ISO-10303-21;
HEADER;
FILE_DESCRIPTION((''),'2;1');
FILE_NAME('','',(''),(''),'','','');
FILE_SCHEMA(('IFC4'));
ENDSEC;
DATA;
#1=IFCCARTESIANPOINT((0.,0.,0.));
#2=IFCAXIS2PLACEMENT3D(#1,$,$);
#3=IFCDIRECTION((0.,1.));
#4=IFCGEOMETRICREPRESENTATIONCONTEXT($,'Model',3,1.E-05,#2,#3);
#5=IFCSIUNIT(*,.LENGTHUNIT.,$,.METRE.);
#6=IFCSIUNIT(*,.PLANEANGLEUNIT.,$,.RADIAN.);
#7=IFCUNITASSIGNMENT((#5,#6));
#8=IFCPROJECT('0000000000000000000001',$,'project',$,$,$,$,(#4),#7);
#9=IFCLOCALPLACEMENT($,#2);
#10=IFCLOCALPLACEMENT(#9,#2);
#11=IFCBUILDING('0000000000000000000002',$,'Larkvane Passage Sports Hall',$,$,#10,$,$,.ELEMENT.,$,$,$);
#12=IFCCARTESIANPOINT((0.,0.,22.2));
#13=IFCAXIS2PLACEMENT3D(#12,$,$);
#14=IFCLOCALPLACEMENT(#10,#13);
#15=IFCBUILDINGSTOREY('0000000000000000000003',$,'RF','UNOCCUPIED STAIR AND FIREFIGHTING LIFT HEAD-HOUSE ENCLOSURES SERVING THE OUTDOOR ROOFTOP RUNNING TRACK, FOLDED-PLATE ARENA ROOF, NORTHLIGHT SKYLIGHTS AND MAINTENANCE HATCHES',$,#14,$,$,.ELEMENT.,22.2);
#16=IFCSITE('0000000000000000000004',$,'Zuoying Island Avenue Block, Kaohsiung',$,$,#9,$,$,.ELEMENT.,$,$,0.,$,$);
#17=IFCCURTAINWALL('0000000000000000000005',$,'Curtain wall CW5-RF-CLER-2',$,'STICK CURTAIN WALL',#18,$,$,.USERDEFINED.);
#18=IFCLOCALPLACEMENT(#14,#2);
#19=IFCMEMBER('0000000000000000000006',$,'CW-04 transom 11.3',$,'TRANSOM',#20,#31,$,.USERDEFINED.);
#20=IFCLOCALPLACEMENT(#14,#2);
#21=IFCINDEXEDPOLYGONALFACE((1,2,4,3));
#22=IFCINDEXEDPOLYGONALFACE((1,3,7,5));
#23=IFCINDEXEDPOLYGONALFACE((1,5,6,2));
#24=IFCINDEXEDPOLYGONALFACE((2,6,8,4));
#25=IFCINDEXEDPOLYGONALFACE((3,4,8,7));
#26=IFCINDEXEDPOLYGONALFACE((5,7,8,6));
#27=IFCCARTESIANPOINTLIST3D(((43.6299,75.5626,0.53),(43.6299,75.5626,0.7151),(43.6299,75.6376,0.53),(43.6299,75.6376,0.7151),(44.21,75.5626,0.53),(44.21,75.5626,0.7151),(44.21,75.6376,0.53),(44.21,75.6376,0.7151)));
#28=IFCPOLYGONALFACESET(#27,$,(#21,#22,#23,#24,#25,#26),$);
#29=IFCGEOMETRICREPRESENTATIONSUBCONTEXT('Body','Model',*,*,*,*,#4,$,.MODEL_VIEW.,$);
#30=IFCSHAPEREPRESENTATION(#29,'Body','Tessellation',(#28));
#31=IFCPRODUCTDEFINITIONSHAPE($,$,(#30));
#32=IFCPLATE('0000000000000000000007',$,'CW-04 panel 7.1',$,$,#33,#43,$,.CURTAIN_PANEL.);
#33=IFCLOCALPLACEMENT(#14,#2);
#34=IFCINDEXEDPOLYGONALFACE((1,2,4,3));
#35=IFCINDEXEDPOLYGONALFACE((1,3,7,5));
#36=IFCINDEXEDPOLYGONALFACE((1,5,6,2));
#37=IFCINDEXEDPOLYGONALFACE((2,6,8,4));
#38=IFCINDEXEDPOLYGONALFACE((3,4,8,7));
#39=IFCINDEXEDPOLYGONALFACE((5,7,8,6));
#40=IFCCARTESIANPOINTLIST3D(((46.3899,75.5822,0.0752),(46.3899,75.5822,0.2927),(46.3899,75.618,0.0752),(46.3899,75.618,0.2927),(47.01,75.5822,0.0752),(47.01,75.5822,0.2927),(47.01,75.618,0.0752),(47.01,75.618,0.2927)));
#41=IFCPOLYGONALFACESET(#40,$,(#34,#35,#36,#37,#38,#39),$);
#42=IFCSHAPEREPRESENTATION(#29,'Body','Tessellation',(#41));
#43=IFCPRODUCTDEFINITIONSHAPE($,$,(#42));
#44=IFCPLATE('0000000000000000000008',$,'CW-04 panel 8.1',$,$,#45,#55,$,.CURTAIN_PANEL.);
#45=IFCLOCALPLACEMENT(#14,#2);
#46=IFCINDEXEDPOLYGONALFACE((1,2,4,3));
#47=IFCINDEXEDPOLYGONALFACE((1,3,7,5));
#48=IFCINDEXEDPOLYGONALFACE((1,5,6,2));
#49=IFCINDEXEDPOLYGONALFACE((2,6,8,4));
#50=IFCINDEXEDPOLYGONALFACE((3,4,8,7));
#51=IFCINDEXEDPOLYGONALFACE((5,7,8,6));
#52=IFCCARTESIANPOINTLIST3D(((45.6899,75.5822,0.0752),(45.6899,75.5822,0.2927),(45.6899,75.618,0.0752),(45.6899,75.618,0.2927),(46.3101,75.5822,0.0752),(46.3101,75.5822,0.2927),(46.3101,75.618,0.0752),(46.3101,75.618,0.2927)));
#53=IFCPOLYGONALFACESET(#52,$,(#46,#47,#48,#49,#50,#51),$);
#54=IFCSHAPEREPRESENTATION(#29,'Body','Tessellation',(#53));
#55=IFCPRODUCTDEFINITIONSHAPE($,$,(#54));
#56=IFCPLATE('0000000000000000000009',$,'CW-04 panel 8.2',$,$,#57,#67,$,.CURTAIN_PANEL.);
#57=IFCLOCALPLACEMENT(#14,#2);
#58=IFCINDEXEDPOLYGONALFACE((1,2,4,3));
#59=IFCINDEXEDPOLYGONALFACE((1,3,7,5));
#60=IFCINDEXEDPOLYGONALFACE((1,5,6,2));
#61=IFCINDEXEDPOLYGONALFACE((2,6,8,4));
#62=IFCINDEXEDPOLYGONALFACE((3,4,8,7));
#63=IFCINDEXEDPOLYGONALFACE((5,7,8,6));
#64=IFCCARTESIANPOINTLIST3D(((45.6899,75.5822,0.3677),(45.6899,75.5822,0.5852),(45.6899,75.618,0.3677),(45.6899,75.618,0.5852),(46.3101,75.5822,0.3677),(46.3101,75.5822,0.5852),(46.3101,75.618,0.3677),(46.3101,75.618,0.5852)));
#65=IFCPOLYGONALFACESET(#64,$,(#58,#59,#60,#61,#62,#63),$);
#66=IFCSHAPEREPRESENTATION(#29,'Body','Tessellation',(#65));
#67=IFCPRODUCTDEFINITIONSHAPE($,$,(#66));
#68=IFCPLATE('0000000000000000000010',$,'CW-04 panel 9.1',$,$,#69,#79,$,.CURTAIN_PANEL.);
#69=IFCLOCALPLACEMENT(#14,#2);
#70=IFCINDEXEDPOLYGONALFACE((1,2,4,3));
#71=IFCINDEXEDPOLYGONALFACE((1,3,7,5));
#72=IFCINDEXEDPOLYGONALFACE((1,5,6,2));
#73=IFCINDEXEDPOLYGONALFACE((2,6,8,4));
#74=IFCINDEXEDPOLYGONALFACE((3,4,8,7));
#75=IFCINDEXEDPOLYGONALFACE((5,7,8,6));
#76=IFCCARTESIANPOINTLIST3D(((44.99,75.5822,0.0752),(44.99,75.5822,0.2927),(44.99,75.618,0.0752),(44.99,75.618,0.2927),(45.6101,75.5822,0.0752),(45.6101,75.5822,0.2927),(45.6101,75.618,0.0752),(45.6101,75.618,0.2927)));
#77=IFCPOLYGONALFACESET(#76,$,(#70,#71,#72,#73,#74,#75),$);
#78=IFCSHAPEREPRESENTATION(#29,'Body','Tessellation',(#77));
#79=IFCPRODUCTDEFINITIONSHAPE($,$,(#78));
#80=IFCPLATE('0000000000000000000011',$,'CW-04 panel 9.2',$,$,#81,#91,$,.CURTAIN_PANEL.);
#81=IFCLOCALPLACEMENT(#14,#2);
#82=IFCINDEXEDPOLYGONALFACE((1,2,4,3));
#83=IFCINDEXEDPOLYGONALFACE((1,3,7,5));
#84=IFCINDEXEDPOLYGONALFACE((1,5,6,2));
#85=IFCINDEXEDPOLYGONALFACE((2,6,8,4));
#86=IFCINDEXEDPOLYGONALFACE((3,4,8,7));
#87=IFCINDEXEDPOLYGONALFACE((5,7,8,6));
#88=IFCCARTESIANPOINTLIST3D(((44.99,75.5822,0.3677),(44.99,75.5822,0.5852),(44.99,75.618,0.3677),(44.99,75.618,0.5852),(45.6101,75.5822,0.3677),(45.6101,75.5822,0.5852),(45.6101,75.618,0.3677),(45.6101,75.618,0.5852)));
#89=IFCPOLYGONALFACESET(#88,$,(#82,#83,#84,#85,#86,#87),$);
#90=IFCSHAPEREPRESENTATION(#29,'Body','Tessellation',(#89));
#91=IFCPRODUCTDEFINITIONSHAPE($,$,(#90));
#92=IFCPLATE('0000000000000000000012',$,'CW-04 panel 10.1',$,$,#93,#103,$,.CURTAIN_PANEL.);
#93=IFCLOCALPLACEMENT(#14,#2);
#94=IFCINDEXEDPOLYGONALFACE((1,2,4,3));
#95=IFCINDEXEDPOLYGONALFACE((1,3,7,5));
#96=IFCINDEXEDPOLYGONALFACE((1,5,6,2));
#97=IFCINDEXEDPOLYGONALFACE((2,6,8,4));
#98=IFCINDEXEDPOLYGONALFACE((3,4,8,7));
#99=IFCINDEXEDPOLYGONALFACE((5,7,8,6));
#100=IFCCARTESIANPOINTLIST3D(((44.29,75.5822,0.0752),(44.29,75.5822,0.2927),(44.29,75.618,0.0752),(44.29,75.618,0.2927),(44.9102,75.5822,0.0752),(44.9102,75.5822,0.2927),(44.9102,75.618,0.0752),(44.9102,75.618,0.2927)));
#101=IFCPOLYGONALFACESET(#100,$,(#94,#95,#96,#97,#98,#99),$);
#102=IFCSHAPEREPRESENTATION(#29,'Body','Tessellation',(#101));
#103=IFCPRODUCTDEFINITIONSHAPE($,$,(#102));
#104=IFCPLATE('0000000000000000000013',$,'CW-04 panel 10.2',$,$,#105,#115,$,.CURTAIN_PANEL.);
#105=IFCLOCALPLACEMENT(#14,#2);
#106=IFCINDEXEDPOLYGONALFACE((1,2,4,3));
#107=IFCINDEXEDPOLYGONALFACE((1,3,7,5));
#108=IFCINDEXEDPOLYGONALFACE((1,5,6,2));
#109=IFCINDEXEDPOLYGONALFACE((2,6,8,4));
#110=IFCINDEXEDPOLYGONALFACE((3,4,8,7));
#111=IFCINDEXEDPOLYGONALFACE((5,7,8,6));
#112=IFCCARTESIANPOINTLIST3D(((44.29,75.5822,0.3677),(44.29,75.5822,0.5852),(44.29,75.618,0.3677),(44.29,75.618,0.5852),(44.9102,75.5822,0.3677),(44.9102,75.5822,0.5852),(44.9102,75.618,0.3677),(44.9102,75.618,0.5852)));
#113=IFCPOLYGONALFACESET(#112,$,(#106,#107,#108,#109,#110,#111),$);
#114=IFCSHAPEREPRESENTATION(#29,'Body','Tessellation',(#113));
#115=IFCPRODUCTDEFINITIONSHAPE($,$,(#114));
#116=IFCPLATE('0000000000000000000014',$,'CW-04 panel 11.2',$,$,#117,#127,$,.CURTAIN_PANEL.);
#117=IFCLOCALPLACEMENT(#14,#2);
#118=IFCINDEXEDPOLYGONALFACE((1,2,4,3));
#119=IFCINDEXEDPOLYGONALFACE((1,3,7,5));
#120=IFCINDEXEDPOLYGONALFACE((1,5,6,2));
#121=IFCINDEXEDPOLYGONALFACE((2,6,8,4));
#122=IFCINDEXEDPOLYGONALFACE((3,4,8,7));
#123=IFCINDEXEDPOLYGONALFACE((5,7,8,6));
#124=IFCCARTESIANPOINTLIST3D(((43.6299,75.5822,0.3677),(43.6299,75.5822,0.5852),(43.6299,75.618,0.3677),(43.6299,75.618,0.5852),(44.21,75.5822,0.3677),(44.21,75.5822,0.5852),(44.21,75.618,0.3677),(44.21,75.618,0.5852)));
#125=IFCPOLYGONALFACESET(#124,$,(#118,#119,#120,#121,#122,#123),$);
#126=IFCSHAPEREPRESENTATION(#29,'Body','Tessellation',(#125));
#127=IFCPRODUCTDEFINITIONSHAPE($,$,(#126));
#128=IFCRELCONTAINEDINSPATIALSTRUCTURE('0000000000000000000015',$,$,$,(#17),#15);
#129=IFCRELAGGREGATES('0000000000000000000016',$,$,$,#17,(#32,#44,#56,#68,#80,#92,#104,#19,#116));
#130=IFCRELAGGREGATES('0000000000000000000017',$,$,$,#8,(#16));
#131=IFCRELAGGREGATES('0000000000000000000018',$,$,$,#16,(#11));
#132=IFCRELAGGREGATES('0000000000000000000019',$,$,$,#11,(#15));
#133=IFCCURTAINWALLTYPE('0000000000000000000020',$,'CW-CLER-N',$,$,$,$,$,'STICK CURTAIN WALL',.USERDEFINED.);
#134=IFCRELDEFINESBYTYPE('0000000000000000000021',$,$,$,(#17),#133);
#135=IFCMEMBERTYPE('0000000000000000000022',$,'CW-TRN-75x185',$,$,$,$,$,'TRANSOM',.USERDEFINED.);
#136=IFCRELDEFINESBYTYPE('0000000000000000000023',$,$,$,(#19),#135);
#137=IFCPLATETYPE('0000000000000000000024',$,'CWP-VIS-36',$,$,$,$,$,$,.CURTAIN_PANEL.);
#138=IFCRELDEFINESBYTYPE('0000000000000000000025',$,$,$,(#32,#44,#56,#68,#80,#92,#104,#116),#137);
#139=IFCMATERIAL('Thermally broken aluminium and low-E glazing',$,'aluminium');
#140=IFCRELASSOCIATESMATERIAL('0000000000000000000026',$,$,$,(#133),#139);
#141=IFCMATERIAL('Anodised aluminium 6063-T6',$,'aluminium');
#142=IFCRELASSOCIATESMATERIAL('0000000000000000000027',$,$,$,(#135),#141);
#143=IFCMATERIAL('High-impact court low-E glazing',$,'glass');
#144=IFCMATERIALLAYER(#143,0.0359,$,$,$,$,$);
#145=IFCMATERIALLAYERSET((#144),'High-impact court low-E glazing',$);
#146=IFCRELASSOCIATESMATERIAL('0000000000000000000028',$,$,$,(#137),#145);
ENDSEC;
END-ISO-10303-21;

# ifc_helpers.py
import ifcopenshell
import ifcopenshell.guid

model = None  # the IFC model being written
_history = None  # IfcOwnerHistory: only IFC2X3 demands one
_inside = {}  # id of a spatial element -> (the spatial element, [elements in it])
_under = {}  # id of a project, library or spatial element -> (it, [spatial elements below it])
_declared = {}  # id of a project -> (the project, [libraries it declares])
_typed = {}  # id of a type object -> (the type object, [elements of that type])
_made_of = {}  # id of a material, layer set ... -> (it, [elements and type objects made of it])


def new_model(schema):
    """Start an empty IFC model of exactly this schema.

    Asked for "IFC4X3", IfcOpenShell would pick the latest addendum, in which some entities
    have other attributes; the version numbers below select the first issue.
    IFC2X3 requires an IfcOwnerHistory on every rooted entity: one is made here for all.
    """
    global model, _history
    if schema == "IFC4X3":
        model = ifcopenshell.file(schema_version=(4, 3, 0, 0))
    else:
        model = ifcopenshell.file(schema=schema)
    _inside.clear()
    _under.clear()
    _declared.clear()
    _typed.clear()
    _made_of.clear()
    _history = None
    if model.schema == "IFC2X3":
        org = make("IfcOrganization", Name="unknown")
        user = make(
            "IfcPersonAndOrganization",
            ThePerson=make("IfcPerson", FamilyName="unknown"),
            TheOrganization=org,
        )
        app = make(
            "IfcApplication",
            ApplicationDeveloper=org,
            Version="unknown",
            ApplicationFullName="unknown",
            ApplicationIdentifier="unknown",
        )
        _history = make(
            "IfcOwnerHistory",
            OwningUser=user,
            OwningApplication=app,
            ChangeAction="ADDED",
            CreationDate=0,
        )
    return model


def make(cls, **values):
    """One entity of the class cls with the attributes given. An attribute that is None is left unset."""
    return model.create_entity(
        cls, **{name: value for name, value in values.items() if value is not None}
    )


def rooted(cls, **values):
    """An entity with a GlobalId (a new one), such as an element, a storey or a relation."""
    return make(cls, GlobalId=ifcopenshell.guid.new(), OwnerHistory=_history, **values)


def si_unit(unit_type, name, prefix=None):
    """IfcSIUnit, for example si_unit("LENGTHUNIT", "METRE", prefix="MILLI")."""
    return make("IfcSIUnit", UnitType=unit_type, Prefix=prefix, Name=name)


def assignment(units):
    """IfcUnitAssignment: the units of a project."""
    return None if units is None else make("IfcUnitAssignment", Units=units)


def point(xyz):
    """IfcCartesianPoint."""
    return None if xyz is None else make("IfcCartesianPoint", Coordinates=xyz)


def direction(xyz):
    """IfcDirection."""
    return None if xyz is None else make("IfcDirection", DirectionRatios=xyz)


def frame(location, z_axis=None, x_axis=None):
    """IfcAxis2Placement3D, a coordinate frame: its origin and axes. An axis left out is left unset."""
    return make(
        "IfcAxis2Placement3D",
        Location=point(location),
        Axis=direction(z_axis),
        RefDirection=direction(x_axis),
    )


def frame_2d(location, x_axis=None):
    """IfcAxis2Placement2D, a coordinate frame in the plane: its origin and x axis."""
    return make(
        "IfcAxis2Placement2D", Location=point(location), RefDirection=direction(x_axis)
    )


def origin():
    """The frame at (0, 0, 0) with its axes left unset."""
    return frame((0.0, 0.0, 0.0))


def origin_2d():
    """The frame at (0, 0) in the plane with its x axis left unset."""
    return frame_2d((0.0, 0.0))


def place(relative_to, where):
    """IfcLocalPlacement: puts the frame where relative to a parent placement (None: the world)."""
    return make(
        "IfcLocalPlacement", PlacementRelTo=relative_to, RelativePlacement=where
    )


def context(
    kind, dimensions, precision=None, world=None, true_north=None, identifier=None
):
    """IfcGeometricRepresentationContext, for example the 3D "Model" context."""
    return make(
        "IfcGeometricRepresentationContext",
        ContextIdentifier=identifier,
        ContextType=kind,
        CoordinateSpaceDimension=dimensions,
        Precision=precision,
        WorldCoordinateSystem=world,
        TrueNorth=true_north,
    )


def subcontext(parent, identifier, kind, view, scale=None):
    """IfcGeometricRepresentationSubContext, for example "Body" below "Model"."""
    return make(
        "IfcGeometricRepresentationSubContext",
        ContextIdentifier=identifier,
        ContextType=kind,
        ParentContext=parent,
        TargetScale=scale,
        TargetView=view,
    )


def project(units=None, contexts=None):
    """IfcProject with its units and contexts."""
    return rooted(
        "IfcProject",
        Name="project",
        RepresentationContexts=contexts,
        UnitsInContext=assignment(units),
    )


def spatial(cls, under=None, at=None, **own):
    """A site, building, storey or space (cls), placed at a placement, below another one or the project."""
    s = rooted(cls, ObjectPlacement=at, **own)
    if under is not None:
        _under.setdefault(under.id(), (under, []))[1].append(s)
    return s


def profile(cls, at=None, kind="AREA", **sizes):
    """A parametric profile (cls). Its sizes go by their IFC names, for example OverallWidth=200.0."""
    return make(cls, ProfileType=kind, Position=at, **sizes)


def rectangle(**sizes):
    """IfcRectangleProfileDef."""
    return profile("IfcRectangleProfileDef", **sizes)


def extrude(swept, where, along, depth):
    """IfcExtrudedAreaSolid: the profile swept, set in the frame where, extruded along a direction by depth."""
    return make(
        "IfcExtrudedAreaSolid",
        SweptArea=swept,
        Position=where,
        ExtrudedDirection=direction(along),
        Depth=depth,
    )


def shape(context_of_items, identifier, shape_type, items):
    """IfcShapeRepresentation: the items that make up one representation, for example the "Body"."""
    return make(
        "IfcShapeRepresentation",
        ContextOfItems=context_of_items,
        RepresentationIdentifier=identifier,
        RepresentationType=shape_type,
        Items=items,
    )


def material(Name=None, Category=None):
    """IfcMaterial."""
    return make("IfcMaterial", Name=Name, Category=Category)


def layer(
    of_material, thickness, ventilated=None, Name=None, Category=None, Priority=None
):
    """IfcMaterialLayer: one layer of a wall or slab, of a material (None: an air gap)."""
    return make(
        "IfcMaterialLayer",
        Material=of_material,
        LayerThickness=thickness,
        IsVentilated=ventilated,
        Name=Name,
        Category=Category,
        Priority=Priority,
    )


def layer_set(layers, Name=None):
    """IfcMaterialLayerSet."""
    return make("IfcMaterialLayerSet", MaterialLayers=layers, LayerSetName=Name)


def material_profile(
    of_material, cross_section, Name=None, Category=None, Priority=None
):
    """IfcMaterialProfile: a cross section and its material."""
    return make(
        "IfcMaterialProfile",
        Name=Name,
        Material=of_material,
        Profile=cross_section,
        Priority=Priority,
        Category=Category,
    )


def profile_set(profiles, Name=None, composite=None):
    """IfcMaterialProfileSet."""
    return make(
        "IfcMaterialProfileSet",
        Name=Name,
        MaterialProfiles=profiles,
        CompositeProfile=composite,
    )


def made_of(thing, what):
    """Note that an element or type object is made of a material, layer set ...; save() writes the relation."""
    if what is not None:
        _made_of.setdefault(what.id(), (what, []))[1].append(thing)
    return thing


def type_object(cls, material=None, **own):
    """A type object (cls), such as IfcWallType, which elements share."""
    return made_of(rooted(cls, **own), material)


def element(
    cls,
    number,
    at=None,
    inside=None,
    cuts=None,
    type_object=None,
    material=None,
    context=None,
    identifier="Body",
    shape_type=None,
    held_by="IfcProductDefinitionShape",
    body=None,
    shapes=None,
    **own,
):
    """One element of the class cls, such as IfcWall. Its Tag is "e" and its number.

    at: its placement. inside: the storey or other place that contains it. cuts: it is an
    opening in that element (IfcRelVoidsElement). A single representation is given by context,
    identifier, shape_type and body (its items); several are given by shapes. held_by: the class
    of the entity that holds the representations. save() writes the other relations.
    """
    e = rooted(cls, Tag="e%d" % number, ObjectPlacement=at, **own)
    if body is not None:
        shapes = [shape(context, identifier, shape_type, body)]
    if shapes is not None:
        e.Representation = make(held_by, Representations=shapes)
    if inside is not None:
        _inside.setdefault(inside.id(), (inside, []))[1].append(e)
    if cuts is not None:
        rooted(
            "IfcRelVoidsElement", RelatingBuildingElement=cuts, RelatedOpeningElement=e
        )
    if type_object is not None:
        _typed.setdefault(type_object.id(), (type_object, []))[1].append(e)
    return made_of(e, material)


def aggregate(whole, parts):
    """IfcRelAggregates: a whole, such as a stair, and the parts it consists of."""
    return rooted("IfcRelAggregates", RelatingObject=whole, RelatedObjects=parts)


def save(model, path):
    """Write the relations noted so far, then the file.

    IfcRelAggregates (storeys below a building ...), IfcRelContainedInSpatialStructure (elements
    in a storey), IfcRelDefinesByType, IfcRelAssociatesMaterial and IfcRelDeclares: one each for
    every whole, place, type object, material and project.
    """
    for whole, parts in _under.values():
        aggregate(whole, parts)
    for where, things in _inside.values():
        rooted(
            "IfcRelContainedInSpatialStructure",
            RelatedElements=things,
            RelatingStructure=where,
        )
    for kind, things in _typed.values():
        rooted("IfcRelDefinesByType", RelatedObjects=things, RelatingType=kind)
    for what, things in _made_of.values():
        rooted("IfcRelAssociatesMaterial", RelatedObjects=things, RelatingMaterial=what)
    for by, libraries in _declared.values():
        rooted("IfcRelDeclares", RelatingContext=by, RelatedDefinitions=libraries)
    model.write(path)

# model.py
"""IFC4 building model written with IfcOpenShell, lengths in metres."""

from ifc_helpers import new_model, si_unit, direction, frame, origin, origin_2d, place, context, subcontext, project, spatial, rectangle, extrude, material, layer, layer_set, material_profile, profile_set, type_object, element, aggregate, save


model = new_model("IFC4")

# Units and contexts
model_context = context("Model", 3, precision=1e-05, world=origin(), true_north=direction((0.0, 1.0)))
body_context = subcontext(model_context, "Body", "Model", "MODEL_VIEW")
ifc_project = project(units=[si_unit("LENGTHUNIT", "METRE"), si_unit("PLANEANGLEUNIT", "RADIAN")], contexts=[model_context])

# Site, building, storey
site_placement = place(None, origin())
site = spatial("IfcSite", under=ifc_project, at=site_placement, Name="Zuoying Island Avenue Block, Kaohsiung", CompositionType="ELEMENT", RefElevation=0.0)
building_placement = place(site_placement, origin())
building = spatial("IfcBuilding", under=site, at=building_placement, Name="Larkvane Passage Sports Hall", CompositionType="ELEMENT")
storey_placement = place(building_placement, frame((0.0, 0.0, 22.2)))
storey = spatial("IfcBuildingStorey", under=building, at=storey_placement, Name="RF", Description="UNOCCUPIED STAIR AND FIREFIGHTING LIFT HEAD-HOUSE ENCLOSURES SERVING THE OUTDOOR ROOFTOP RUNNING TRACK, FOLDED-PLATE ARENA ROOF, NORTHLIGHT SKYLIGHTS AND MAINTENANCE HATCHES", CompositionType="ELEMENT", Elevation=22.2)

# Curtain wall, member, plates
ifc_material_1 = material(Name="Thermally broken aluminium and low-E glazing", Category="aluminium")
curtain_wall_type = type_object("IfcCurtainWallType", Name="CW-CLER-N", ElementType="STICK CURTAIN WALL", PredefinedType="USERDEFINED", material=ifc_material_1)
curtain_wall_placement = place(storey_placement, origin())
curtain_wall = element("IfcCurtainWall", 1, at=curtain_wall_placement, inside=storey, type_object=curtain_wall_type, Name="Curtain wall CW5-RF-CLER-2", ObjectType="STICK CURTAIN WALL", PredefinedType="USERDEFINED")
ifc_material_2 = material(Name="Anodised aluminium 6063-T6", Category="aluminium")
ifc_material_profile_1 = material_profile(ifc_material_2, rectangle(XDim=0.075, YDim=0.1851, at=origin_2d()), Name="ALU-TRN-75x185")
ifc_profile_set_1 = profile_set([ifc_material_profile_1], Name="Anodised aluminium 6063-T6")
member_type_1 = type_object("IfcMemberType", Name="CW-TRN-75x185", ElementType="TRANSOM", PredefinedType="USERDEFINED", material=ifc_profile_set_1)
member_1_placement = place(storey_placement, frame((44.21, 75.6001, 0.6226), z_axis=(-1.0, 0.0, 0.0), x_axis=(0.0, -1.0, 0.0)))
member_1 = element("IfcMember", 2, at=member_1_placement, type_object=member_type_1, Name="CW-04 transom 11.3", ObjectType="TRANSOM", PredefinedType="USERDEFINED", context=body_context, shape_type="SweptSolid", body=[
    extrude(rectangle(XDim=0.075, YDim=0.1851, at=origin_2d()), origin(), (0.0, 0.0, 1.0), 0.5801),
])
ifc_material_3 = material(Name="High-impact court low-E glazing", Category="glass")
ifc_layer = layer(ifc_material_3, 0.0359)
ifc_layer_set = layer_set([ifc_layer], Name="High-impact court low-E glazing")
plate_type = type_object("IfcPlateType", Name="CWP-VIS-36", PredefinedType="CURTAIN_PANEL", material=ifc_layer_set)
plate_1_placement = place(storey_placement, frame((46.7, 75.6001, 0.0752), z_axis=(0.0, 0.0, 1.0), x_axis=(-1.0, 0.0, 0.0)))
plate_1 = element("IfcPlate", 3, at=plate_1_placement, type_object=plate_type, Name="CW-04 panel 7.1", PredefinedType="CURTAIN_PANEL", context=body_context, shape_type="SweptSolid", body=[
    extrude(rectangle(XDim=0.6201, YDim=0.0359, at=origin_2d()), origin(), (0.0, 0.0, 1.0), 0.2175),
])
plate_2_placement = place(storey_placement, frame((46.0, 75.6001, 0.0752), z_axis=(0.0, 0.0, 1.0), x_axis=(-1.0, 0.0, 0.0)))
plate_2 = element("IfcPlate", 4, at=plate_2_placement, type_object=plate_type, Name="CW-04 panel 8.1", PredefinedType="CURTAIN_PANEL", context=body_context, shape_type="SweptSolid", body=[
    extrude(rectangle(XDim=0.6201, YDim=0.0359, at=origin_2d()), origin(), (0.0, 0.0, 1.0), 0.2175),
])
plate_3_placement = place(storey_placement, frame((46.0, 75.6001, 0.3677), z_axis=(0.0, 0.0, 1.0), x_axis=(-1.0, 0.0, 0.0)))
plate_3 = element("IfcPlate", 5, at=plate_3_placement, type_object=plate_type, Name="CW-04 panel 8.2", PredefinedType="CURTAIN_PANEL", context=body_context, shape_type="SweptSolid", body=[
    extrude(rectangle(XDim=0.6201, YDim=0.0359, at=origin_2d()), origin(), (0.0, 0.0, 1.0), 0.2175),
])
plate_4_placement = place(storey_placement, frame((45.3, 75.6001, 0.0752), z_axis=(0.0, 0.0, 1.0), x_axis=(-1.0, 0.0, 0.0)))
plate_4 = element("IfcPlate", 6, at=plate_4_placement, type_object=plate_type, Name="CW-04 panel 9.1", PredefinedType="CURTAIN_PANEL", context=body_context, shape_type="SweptSolid", body=[
    extrude(rectangle(XDim=0.6201, YDim=0.0359, at=origin_2d()), origin(), (0.0, 0.0, 1.0), 0.2175),
])
plate_5_placement = place(storey_placement, frame((45.3, 75.6001, 0.3677), z_axis=(0.0, 0.0, 1.0), x_axis=(-1.0, 0.0, 0.0)))
plate_5 = element("IfcPlate", 7, at=plate_5_placement, type_object=plate_type, Name="CW-04 panel 9.2", PredefinedType="CURTAIN_PANEL", context=body_context, shape_type="SweptSolid", body=[
    extrude(rectangle(XDim=0.6201, YDim=0.0359, at=origin_2d()), origin(), (0.0, 0.0, 1.0), 0.2175),
])
plate_6_placement = place(storey_placement, frame((44.6001, 75.6001, 0.0752), z_axis=(0.0, 0.0, 1.0), x_axis=(-1.0, 0.0, 0.0)))
plate_6 = element("IfcPlate", 8, at=plate_6_placement, type_object=plate_type, Name="CW-04 panel 10.1", PredefinedType="CURTAIN_PANEL", context=body_context, shape_type="SweptSolid", body=[
    extrude(rectangle(XDim=0.6201, YDim=0.0359, at=origin_2d()), origin(), (0.0, 0.0, 1.0), 0.2175),
])
plate_7_placement = place(storey_placement, frame((44.6001, 75.6001, 0.3677), z_axis=(0.0, 0.0, 1.0), x_axis=(-1.0, 0.0, 0.0)))
plate_7 = element("IfcPlate", 9, at=plate_7_placement, type_object=plate_type, Name="CW-04 panel 10.2", PredefinedType="CURTAIN_PANEL", context=body_context, shape_type="SweptSolid", body=[
    extrude(rectangle(XDim=0.6201, YDim=0.0359, at=origin_2d()), origin(), (0.0, 0.0, 1.0), 0.2175),
])
plate_8_placement = place(storey_placement, frame((43.9199, 75.6001, 0.3677), z_axis=(0.0, 0.0, 1.0), x_axis=(-1.0, 0.0, 0.0)))
plate_8 = element("IfcPlate", 10, at=plate_8_placement, type_object=plate_type, Name="CW-04 panel 11.2", PredefinedType="CURTAIN_PANEL", context=body_context, shape_type="SweptSolid", body=[
    extrude(rectangle(XDim=0.5801, YDim=0.0359, at=origin_2d()), origin(), (0.0, 0.0, 1.0), 0.2175),
])
aggregate(curtain_wall, [plate_1, plate_2, plate_3, plate_4, plate_5, plate_6, plate_7, member_1, plate_8])

save(model, "model.ifc")
